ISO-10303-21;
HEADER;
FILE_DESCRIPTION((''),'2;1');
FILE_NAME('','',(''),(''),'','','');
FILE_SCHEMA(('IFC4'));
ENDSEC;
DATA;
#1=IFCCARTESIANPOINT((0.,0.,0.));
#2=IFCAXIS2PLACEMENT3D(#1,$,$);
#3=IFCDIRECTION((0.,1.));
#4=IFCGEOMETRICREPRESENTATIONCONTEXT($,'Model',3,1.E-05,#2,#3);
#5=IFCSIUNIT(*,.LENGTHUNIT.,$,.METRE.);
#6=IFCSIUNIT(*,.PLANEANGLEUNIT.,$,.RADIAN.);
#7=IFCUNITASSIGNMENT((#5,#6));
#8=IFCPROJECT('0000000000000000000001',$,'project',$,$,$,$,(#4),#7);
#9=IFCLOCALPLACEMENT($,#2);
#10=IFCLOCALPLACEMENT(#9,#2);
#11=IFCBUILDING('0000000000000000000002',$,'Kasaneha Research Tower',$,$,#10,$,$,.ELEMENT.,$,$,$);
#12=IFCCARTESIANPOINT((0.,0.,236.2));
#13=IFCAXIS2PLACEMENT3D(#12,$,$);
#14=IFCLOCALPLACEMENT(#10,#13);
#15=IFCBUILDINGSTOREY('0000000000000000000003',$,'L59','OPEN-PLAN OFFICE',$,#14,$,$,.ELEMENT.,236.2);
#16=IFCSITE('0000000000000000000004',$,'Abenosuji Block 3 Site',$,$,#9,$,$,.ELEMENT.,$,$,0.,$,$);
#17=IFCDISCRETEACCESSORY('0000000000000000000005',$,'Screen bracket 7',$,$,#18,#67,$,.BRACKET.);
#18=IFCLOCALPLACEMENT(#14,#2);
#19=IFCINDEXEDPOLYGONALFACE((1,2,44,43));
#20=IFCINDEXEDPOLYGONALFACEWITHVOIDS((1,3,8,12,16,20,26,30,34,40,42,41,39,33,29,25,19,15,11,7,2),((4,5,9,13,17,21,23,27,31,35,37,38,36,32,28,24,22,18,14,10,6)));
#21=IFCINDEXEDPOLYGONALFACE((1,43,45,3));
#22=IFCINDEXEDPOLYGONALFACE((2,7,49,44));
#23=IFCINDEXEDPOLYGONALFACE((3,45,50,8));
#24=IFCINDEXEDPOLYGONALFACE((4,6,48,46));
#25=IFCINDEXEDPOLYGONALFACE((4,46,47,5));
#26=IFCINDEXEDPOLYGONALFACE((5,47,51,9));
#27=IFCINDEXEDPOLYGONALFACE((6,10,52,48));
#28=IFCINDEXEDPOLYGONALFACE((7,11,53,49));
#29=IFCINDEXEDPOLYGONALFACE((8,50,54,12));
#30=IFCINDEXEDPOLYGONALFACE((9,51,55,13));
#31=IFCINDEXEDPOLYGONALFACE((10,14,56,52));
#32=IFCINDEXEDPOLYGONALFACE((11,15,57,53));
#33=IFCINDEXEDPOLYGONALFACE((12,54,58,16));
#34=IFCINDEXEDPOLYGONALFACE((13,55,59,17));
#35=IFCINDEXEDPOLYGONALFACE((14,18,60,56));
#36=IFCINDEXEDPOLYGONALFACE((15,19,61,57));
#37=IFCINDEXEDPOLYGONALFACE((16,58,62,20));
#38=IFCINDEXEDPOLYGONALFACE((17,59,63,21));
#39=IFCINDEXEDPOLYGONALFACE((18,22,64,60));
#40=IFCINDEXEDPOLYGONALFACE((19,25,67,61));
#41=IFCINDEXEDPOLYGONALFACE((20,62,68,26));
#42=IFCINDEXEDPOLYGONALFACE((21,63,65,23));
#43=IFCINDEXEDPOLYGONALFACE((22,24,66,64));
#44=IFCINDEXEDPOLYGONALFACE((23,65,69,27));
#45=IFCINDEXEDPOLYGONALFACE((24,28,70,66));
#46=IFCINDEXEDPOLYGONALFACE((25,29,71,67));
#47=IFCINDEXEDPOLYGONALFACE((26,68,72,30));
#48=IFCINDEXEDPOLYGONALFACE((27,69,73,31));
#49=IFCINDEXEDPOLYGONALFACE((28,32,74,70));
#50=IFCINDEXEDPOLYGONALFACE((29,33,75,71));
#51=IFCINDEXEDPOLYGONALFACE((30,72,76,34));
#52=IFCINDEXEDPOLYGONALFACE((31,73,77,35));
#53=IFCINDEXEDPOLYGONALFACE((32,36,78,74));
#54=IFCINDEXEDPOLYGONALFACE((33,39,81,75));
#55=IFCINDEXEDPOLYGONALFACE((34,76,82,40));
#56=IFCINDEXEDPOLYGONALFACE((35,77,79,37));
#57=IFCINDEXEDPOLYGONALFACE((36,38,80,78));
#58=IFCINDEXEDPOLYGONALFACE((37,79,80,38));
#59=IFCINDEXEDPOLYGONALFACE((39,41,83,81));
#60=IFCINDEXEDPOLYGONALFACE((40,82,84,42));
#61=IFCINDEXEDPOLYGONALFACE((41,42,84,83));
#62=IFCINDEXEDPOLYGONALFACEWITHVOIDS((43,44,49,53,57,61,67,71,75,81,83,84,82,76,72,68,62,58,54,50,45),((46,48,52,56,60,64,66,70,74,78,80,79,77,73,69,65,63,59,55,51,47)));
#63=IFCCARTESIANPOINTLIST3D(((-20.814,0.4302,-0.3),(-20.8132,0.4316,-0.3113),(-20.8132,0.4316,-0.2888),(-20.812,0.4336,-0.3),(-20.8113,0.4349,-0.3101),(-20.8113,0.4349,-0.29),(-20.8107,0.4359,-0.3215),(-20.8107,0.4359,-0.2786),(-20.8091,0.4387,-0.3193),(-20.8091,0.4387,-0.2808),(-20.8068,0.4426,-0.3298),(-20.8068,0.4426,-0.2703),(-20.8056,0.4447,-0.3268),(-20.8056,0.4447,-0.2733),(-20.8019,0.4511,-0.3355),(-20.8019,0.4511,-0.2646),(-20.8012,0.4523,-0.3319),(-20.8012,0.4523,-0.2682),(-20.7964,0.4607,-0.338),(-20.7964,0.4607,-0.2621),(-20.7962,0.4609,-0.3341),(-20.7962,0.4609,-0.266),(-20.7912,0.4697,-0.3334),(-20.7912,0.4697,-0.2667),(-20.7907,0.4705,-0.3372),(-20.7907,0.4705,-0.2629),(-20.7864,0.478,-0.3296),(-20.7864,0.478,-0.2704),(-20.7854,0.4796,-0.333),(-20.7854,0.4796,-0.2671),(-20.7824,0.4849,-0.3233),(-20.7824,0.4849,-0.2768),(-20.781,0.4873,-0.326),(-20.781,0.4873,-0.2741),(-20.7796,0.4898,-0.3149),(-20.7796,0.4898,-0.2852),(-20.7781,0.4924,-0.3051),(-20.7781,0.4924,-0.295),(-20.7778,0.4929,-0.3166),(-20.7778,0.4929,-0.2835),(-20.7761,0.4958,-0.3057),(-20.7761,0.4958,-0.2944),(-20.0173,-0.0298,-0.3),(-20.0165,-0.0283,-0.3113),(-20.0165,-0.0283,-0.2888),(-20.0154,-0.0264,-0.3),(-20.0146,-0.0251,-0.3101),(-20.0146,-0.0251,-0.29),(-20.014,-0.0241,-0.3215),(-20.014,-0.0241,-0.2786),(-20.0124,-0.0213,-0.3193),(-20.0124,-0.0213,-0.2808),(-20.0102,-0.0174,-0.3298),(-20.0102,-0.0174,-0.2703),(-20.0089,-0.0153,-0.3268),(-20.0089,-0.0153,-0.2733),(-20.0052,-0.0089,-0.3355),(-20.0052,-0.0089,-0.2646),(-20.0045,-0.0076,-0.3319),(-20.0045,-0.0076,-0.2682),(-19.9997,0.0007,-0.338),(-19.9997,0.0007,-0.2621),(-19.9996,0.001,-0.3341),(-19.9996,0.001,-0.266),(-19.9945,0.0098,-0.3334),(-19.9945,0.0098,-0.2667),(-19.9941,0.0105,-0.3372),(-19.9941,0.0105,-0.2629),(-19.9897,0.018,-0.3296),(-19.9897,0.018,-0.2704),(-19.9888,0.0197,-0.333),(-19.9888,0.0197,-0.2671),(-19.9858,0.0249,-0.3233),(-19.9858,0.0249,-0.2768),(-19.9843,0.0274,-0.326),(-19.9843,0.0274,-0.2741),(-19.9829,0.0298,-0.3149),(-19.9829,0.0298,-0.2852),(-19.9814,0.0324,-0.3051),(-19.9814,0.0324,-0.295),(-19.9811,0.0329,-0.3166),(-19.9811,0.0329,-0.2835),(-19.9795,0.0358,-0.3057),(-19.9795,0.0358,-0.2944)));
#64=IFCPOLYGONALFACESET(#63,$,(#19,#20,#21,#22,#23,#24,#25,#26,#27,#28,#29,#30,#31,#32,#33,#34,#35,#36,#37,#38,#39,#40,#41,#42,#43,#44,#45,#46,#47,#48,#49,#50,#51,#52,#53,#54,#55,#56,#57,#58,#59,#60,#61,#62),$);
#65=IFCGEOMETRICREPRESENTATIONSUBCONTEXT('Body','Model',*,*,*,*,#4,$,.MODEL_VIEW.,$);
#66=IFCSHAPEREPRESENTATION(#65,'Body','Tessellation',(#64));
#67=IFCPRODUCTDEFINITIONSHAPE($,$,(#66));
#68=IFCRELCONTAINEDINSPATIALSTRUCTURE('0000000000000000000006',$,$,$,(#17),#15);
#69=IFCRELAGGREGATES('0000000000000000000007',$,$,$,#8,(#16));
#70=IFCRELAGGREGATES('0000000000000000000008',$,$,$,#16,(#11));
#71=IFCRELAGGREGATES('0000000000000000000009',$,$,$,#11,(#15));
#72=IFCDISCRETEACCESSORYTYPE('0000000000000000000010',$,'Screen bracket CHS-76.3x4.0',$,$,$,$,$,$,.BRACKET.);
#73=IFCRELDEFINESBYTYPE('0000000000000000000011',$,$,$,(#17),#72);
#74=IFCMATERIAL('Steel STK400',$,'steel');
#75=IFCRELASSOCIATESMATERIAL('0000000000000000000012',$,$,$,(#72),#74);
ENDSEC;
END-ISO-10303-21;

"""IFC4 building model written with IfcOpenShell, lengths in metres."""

from ifc_helpers import new_model, si_unit, direction, frame, origin, origin_2d, place, context, subcontext, project, spatial, hollow_circle, extrude, material, material_profile, profile_set, type_object, element, save


model = new_model("IFC4")

# Units and contexts
model_context = context("Model", 3, precision=1e-05, world=origin(), true_north=direction((0.0, 1.0)))
body_context = subcontext(model_context, "Body", "Model", "MODEL_VIEW")
ifc_project = project(units=[si_unit("LENGTHUNIT", "METRE"), si_unit("PLANEANGLEUNIT", "RADIAN")], contexts=[model_context])

# Site, building, storey
site_placement = place(None, origin())
site = spatial("IfcSite", under=ifc_project, at=site_placement, Name="Abenosuji Block 3 Site", CompositionType="ELEMENT", RefElevation=0.0)
building_placement = place(site_placement, origin())
building = spatial("IfcBuilding", under=site, at=building_placement, Name="Kasaneha Research Tower", CompositionType="ELEMENT")
storey_placement = place(building_placement, frame((0.0, 0.0, 236.2)))
storey = spatial("IfcBuildingStorey", under=building, at=storey_placement, Name="L59", Description="OPEN-PLAN OFFICE", CompositionType="ELEMENT", Elevation=236.2)

# Discrete accessory
ifc_material_1 = material(Name="Steel STK400", Category="steel")
ifc_material_profile_1 = material_profile(ifc_material_1, hollow_circle(Radius=0.0381, WallThickness=0.0039, at=origin_2d()), Name="CHS-76.3x4.0")
ifc_profile_set_1 = profile_set([ifc_material_profile_1], Name="Steel STK400")
discrete_accessory_type = type_object("IfcDiscreteAccessoryType", Name="Screen bracket CHS-76.3x4.0", PredefinedType="BRACKET", material=ifc_profile_set_1)
discrete_accessory_1_placement = place(storey_placement, frame((-19.9983, 0.0032, -0.3), z_axis=(-0.866013, 0.500021, 0.0), x_axis=(-0.500021, -0.866013, 0.0)))
element("IfcDiscreteAccessory", 1, at=discrete_accessory_1_placement, inside=storey, type_object=discrete_accessory_type, Name="Screen bracket 7", PredefinedType="BRACKET", context=body_context, shape_type="SweptSolid", body=[
    extrude(hollow_circle(Radius=0.0381, WallThickness=0.0039, at=origin_2d()), origin(), (0.0, 0.0, 1.0), 0.9199),
])

save(model, "model.ifc")
